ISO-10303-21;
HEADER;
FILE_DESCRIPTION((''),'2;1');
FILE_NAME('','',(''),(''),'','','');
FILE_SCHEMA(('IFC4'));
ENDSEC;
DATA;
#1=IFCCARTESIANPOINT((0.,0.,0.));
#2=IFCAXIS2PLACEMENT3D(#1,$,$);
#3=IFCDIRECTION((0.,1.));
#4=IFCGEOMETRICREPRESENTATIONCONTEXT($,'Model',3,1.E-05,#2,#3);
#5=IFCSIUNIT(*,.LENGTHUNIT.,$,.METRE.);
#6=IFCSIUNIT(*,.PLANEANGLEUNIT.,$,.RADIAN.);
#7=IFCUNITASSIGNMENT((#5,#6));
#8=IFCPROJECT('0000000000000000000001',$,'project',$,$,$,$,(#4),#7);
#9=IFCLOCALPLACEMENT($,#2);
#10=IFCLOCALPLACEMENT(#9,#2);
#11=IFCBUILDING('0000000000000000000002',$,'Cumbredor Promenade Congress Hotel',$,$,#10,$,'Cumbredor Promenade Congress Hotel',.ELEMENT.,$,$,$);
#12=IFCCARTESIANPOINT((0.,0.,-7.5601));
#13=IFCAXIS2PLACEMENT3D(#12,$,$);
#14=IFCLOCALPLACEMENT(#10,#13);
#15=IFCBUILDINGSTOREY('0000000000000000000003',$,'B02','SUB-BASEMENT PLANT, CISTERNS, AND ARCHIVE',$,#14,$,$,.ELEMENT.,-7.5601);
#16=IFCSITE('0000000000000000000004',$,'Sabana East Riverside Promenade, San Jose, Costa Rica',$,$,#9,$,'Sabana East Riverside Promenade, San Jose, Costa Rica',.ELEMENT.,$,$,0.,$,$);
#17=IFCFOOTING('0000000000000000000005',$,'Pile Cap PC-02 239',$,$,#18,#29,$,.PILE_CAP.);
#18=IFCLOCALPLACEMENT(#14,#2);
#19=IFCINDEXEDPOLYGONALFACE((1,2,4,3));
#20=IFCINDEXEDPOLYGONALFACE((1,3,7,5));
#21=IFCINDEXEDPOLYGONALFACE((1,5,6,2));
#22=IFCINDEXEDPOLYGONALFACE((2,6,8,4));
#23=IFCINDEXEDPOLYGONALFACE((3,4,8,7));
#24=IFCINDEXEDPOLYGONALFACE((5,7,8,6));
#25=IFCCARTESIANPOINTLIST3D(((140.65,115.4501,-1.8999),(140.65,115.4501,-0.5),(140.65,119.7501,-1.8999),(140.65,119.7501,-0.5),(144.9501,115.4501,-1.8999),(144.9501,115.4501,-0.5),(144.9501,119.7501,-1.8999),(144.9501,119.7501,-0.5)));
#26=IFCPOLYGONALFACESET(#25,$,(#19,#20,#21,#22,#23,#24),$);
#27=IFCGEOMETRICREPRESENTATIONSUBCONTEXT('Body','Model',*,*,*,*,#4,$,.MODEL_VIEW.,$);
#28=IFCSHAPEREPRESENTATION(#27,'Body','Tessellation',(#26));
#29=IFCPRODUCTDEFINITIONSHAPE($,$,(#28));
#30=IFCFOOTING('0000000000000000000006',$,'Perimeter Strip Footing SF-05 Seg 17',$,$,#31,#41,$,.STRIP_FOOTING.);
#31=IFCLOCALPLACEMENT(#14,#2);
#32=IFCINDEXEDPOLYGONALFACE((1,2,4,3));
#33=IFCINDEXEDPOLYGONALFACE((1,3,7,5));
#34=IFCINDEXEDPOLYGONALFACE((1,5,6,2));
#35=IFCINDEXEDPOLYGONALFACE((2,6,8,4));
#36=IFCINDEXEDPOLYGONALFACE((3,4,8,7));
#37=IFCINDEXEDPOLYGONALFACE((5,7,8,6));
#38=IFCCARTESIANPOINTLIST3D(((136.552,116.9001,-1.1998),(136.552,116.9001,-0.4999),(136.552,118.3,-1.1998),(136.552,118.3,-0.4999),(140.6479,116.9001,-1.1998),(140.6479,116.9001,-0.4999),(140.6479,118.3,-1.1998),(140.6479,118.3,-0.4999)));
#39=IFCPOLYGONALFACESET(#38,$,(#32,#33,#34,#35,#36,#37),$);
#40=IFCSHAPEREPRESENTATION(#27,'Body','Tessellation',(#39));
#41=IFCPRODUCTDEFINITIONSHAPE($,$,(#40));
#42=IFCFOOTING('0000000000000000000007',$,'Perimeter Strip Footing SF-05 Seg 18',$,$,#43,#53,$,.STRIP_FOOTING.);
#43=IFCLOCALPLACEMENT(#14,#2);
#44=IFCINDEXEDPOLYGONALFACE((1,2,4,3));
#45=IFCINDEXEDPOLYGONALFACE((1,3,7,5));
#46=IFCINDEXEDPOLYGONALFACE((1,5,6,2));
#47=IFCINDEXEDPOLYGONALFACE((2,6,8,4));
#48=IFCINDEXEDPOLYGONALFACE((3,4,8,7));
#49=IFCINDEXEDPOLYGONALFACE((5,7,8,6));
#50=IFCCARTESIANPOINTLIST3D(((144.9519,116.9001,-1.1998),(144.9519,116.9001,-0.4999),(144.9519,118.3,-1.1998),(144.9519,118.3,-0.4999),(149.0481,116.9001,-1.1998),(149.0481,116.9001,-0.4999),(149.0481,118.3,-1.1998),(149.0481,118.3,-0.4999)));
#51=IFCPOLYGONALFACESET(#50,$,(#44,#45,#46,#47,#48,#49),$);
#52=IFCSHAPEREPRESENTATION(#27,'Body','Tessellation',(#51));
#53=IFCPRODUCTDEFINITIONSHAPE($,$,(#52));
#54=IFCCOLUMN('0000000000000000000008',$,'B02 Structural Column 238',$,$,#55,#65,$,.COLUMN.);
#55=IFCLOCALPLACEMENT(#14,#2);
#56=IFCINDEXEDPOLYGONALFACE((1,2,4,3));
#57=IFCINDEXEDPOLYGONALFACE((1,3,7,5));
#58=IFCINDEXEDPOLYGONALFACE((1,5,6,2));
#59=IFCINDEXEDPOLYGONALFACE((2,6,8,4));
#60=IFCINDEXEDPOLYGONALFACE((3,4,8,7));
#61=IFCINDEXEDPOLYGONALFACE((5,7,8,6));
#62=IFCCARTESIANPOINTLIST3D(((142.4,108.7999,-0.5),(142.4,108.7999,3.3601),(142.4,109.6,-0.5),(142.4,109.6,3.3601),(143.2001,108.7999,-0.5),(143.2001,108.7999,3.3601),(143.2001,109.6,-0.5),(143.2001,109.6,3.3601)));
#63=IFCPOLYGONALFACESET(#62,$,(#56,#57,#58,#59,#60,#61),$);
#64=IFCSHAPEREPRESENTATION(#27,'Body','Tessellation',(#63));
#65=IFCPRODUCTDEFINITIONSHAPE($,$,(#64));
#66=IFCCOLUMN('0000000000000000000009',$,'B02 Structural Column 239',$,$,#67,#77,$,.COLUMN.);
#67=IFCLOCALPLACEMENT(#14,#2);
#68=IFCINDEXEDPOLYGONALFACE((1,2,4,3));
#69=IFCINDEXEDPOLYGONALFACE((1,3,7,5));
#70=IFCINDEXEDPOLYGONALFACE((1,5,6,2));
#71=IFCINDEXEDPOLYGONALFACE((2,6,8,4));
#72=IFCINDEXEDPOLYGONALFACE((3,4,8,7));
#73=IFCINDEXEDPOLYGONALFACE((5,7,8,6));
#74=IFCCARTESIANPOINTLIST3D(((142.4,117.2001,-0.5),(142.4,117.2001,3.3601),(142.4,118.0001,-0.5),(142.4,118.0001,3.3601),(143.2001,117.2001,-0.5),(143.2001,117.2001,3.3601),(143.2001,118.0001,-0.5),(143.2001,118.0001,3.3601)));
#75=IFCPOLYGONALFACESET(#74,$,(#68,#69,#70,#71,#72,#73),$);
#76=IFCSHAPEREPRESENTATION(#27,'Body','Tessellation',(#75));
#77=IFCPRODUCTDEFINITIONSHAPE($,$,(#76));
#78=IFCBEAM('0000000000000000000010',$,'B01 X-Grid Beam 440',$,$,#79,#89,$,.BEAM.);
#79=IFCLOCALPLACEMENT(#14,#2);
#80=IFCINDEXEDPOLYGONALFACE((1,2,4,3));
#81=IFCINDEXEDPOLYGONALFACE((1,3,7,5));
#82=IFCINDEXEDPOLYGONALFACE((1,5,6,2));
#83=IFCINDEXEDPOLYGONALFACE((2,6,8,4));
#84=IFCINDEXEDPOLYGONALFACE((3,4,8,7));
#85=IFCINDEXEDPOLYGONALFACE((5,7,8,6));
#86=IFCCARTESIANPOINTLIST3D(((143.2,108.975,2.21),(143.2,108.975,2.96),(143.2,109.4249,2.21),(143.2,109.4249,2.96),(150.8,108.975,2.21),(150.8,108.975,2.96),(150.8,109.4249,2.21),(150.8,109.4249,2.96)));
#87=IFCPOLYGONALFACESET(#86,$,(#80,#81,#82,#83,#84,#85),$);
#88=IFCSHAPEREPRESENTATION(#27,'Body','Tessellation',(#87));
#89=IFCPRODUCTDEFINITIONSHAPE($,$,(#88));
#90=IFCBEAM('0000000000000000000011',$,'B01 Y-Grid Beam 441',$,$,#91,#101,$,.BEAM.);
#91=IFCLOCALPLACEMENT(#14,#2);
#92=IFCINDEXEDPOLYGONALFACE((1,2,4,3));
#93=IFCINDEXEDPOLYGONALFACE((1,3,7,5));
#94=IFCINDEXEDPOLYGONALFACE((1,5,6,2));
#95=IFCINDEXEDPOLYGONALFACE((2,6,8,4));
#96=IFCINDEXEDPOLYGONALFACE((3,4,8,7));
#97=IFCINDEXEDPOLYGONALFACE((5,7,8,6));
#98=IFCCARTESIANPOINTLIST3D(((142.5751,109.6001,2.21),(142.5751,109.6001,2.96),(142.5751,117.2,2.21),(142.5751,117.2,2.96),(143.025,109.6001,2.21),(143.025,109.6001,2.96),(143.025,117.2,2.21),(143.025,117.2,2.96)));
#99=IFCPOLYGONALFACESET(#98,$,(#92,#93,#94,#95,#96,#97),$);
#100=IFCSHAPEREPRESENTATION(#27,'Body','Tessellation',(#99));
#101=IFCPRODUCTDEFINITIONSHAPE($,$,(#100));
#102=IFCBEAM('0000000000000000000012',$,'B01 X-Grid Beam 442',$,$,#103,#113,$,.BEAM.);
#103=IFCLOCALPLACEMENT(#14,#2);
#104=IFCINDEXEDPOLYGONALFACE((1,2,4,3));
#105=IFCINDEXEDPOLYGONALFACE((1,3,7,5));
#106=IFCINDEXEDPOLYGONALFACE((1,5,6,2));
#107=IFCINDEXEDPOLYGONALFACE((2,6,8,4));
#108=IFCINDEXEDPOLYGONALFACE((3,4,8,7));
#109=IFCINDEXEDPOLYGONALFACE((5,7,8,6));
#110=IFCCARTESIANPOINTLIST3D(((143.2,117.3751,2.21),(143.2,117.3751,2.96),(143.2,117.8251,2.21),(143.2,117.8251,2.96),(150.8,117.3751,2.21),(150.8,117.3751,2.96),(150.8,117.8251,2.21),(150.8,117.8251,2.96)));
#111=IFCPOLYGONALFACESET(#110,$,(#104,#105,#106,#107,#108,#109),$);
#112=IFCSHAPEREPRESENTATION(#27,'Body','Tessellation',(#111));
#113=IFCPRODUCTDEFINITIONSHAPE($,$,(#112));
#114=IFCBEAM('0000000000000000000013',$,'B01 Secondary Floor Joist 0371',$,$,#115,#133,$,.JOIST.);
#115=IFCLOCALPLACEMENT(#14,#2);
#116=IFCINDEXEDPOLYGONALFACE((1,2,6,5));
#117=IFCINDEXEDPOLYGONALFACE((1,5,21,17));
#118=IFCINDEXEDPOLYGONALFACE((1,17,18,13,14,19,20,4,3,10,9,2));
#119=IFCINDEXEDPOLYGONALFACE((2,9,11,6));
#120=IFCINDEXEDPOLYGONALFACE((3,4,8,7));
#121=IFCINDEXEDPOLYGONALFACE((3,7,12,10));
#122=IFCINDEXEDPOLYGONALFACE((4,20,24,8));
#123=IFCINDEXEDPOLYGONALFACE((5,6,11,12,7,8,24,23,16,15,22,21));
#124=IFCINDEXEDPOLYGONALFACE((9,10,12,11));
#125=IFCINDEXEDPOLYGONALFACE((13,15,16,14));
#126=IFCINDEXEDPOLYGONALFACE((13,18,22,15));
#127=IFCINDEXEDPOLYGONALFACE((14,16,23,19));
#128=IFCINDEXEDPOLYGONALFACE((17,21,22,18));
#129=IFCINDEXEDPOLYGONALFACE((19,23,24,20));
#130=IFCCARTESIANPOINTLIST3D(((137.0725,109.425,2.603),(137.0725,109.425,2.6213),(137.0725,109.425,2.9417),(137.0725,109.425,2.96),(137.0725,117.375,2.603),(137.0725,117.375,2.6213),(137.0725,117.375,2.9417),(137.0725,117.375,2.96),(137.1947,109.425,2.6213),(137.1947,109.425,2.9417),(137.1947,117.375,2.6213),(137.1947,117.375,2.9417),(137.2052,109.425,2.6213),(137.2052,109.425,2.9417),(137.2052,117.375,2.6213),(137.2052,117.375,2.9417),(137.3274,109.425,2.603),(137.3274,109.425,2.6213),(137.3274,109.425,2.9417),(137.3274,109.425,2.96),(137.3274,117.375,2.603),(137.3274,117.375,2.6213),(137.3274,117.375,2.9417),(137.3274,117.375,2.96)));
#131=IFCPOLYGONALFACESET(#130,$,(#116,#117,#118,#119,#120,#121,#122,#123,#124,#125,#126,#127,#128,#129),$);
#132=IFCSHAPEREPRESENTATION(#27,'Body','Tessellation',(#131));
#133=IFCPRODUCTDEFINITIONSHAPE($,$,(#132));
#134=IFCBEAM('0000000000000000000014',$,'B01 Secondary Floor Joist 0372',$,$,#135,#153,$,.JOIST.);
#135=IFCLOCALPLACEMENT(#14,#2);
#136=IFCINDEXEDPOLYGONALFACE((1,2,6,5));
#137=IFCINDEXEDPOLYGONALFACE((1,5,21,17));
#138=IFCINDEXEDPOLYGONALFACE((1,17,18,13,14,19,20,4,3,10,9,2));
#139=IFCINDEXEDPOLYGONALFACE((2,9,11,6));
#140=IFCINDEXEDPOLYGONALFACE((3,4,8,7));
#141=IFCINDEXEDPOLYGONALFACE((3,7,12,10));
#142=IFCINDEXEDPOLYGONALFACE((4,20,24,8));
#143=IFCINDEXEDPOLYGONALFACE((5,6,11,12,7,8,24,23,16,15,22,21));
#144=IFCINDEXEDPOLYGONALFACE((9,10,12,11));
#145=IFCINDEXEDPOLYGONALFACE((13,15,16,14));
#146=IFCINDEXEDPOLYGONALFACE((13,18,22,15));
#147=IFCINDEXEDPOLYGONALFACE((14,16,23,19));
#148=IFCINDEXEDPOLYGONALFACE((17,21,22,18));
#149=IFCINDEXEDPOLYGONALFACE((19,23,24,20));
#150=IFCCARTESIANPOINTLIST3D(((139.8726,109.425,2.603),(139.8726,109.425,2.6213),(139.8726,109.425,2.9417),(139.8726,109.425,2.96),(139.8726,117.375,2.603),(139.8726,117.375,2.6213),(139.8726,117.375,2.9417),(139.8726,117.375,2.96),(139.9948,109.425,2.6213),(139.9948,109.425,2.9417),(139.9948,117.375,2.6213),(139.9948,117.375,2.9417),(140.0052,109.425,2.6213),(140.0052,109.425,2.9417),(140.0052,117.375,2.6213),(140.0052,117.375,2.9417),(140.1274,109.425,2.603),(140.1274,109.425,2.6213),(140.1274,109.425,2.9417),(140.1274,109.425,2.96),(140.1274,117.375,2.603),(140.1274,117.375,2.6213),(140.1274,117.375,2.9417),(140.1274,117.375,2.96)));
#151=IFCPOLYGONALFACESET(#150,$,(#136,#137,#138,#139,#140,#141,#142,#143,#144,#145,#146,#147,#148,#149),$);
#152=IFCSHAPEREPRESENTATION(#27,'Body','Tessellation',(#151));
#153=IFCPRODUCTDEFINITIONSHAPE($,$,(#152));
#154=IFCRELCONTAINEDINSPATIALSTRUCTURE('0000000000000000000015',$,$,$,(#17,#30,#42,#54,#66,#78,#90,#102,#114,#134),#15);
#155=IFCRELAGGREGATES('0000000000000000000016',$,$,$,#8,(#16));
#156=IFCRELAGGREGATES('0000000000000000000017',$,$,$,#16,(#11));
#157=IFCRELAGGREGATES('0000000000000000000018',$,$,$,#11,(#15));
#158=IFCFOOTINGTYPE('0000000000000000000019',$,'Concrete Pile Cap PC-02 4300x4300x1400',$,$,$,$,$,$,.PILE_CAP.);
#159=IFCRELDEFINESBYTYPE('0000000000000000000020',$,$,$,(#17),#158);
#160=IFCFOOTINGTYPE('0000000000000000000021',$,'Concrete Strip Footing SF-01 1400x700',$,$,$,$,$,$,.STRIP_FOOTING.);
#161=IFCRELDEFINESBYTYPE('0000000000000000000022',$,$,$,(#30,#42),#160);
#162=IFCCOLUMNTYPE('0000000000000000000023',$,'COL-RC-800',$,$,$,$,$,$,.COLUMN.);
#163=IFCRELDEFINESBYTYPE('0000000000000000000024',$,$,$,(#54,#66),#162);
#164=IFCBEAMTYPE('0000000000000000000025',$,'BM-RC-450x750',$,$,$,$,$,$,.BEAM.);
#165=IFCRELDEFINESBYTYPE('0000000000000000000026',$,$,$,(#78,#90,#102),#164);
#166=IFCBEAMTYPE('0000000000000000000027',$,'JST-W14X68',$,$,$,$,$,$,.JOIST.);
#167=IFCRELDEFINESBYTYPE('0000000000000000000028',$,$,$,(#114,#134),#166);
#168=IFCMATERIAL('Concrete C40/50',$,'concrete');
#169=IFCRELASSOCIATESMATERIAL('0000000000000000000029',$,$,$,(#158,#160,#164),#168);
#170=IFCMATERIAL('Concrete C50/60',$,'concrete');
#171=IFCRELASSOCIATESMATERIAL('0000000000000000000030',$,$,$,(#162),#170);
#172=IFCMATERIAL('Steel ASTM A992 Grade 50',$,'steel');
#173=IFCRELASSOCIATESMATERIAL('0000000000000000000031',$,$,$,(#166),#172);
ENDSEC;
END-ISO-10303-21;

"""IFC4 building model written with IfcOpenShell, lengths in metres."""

from ifc_helpers import new_model, si_unit, direction, frame, origin, origin_2d, place, context, subcontext, project, spatial, rectangle, i_section, extrude, material, material_profile, profile_set, type_object, element, save


model = new_model("IFC4")

# Units and contexts
model_context = context("Model", 3, precision=1e-05, world=origin(), true_north=direction((0.0, 1.0)))
body_context = subcontext(model_context, "Body", "Model", "MODEL_VIEW")
ifc_project = project(units=[si_unit("LENGTHUNIT", "METRE"), si_unit("PLANEANGLEUNIT", "RADIAN")], contexts=[model_context])

# Site, building, storey
site_placement = place(None, origin())
site = spatial("IfcSite", under=ifc_project, at=site_placement, Name="Sabana East Riverside Promenade, San Jose, Costa Rica", LongName="Sabana East Riverside Promenade, San Jose, Costa Rica", CompositionType="ELEMENT", RefElevation=0.0)
building_placement = place(site_placement, origin())
building = spatial("IfcBuilding", under=site, at=building_placement, Name="Cumbredor Promenade Congress Hotel", LongName="Cumbredor Promenade Congress Hotel", CompositionType="ELEMENT")
storey_placement = place(building_placement, frame((0.0, 0.0, -7.5601)))
storey = spatial("IfcBuildingStorey", under=building, at=storey_placement, Name="B02", Description="SUB-BASEMENT PLANT, CISTERNS, AND ARCHIVE", CompositionType="ELEMENT", Elevation=-7.5601)

# Shared definitions
ifc_material_1 = material(Name="Concrete C40/50", Category="concrete")

# Footings
footing_type_1 = type_object("IfcFootingType", Name="Concrete Pile Cap PC-02 4300x4300x1400", PredefinedType="PILE_CAP", material=ifc_material_1)
for number, where, z_axis, x_axis, name in (
    (1, (142.8, 117.6001, -1.8999), (0.0, 0.0, 1.0), (1.0, 0.0, 0.0), "Pile Cap PC-02 239"),
):
    element("IfcFooting", number, at=place(storey_placement, frame(where, z_axis=z_axis, x_axis=x_axis)), inside=storey, type_object=footing_type_1, Name=name, PredefinedType="PILE_CAP", context=body_context, shape_type="SweptSolid", body=[
        extrude(rectangle(XDim=4.3, YDim=4.3, at=origin_2d()), origin(), (0.0, 0.0, 1.0), 1.3999),
    ])
ifc_material_profile_1 = material_profile(ifc_material_1, rectangle(XDim=1.3999, YDim=0.7, at=origin_2d()), Name="SF 1400x700")
ifc_profile_set_1 = profile_set([ifc_material_profile_1], Name="Concrete C40/50")
footing_type_2 = type_object("IfcFootingType", Name="Concrete Strip Footing SF-01 1400x700", PredefinedType="STRIP_FOOTING", material=ifc_profile_set_1)
footing_1_placement = place(storey_placement, frame((136.552, 117.6001, -0.8499), z_axis=(1.0, 0.0, 0.0), x_axis=(0.0, 1.0, 0.0)))
element("IfcFooting", 2, at=footing_1_placement, inside=storey, type_object=footing_type_2, Name="Perimeter Strip Footing SF-05 Seg 17", PredefinedType="STRIP_FOOTING", context=body_context, shape_type="SweptSolid", body=[
    extrude(rectangle(XDim=1.3999, YDim=0.7, at=origin_2d()), origin(), (0.0, 0.0, 1.0), 4.0959),
])
footing_2_placement = place(storey_placement, frame((144.9519, 117.6001, -0.8499), z_axis=(1.0, 0.0, 0.0), x_axis=(0.0, 1.0, 0.0)))
element("IfcFooting", 3, at=footing_2_placement, inside=storey, type_object=footing_type_2, Name="Perimeter Strip Footing SF-05 Seg 18", PredefinedType="STRIP_FOOTING", context=body_context, shape_type="SweptSolid", body=[
    extrude(rectangle(XDim=1.3999, YDim=0.7, at=origin_2d()), origin(), (0.0, 0.0, 1.0), 4.0962),
])

# Columns
ifc_material_2 = material(Name="Concrete C50/60", Category="concrete")
ifc_material_profile_2 = material_profile(ifc_material_2, rectangle(XDim=0.8, YDim=0.8, at=origin_2d()), Name="RC 800x800")
ifc_profile_set_2 = profile_set([ifc_material_profile_2], Name="Concrete C50/60")
column_type = type_object("IfcColumnType", Name="COL-RC-800", PredefinedType="COLUMN", material=ifc_profile_set_2)
for number, where, z_axis, x_axis, name in (
    (4, (142.8, 109.2, -0.5), (0.0, 0.0, 1.0), (1.0, 0.0, 0.0), "B02 Structural Column 238"),
    (5, (142.8, 117.6001, -0.5), (0.0, 0.0, 1.0), (1.0, 0.0, 0.0), "B02 Structural Column 239"),
):
    element("IfcColumn", number, at=place(storey_placement, frame(where, z_axis=z_axis, x_axis=x_axis)), inside=storey, type_object=column_type, Name=name, PredefinedType="COLUMN", context=body_context, shape_type="SweptSolid", body=[
        extrude(rectangle(XDim=0.8, YDim=0.8, at=origin_2d()), origin(), (0.0, 0.0, 1.0), 3.8601),
    ])

# Beams
ifc_material_profile_3 = material_profile(ifc_material_1, rectangle(XDim=0.45, YDim=0.75, at=origin_2d()), Name="RC BEAM 450x750")
ifc_profile_set_3 = profile_set([ifc_material_profile_3], Name="Concrete C40/50")
beam_type_1 = type_object("IfcBeamType", Name="BM-RC-450x750", PredefinedType="BEAM", material=ifc_profile_set_3)
beam_1_placement = place(storey_placement, frame((143.2, 109.2, 2.585), z_axis=(1.0, 0.0, 0.0), x_axis=(0.0, 1.0, 0.0)))
element("IfcBeam", 6, at=beam_1_placement, inside=storey, type_object=beam_type_1, Name="B01 X-Grid Beam 440", PredefinedType="BEAM", context=body_context, shape_type="SweptSolid", body=[
    extrude(rectangle(XDim=0.45, YDim=0.75, at=origin_2d()), origin(), (0.0, 0.0, 1.0), 7.6001),
])
beam_2_placement = place(storey_placement, frame((142.8, 109.6001, 2.585), z_axis=(0.0, 1.0, 0.0), x_axis=(-1.0, 0.0, 0.0)))
element("IfcBeam", 7, at=beam_2_placement, inside=storey, type_object=beam_type_1, Name="B01 Y-Grid Beam 441", PredefinedType="BEAM", context=body_context, shape_type="SweptSolid", body=[
    extrude(rectangle(XDim=0.45, YDim=0.75, at=origin_2d()), origin(), (0.0, 0.0, 1.0), 7.5999),
])
beam_3_placement = place(storey_placement, frame((143.2, 117.6001, 2.585), z_axis=(1.0, 0.0, 0.0), x_axis=(0.0, 1.0, 0.0)))
element("IfcBeam", 8, at=beam_3_placement, inside=storey, type_object=beam_type_1, Name="B01 X-Grid Beam 442", PredefinedType="BEAM", context=body_context, shape_type="SweptSolid", body=[
    extrude(rectangle(XDim=0.45, YDim=0.75, at=origin_2d()), origin(), (0.0, 0.0, 1.0), 7.6001),
])
ifc_material_3 = material(Name="Steel ASTM A992 Grade 50", Category="steel")
ifc_material_profile_4 = material_profile(ifc_material_3, i_section(OverallWidth=0.2549, OverallDepth=0.3569, WebThickness=0.0105, FlangeThickness=0.0183, at=origin_2d()), Name="W14X68")
ifc_profile_set_4 = profile_set([ifc_material_profile_4], Name="Steel ASTM A992 Grade 50")
beam_type_2 = type_object("IfcBeamType", Name="JST-W14X68", PredefinedType="JOIST", material=ifc_profile_set_4)
for number, where, z_axis, x_axis, name in (
    (9, (137.2, 109.425, 2.7815), (0.0, 1.0, 0.0), (-1.0, 0.0, 0.0), "B01 Secondary Floor Joist 0371"),
    (10, (140.0, 109.425, 2.7815), (0.0, 1.0, 0.0), (-1.0, 0.0, 0.0), "B01 Secondary Floor Joist 0372"),
):
    element("IfcBeam", number, at=place(storey_placement, frame(where, z_axis=z_axis, x_axis=x_axis)), inside=storey, type_object=beam_type_2, Name=name, PredefinedType="JOIST", context=body_context, shape_type="SweptSolid", body=[
        extrude(i_section(OverallWidth=0.2549, OverallDepth=0.3569, WebThickness=0.0105, FlangeThickness=0.0183, at=origin_2d()), origin(), (0.0, 0.0, 1.0), 7.95),
    ])

save(model, "model.ifc")
